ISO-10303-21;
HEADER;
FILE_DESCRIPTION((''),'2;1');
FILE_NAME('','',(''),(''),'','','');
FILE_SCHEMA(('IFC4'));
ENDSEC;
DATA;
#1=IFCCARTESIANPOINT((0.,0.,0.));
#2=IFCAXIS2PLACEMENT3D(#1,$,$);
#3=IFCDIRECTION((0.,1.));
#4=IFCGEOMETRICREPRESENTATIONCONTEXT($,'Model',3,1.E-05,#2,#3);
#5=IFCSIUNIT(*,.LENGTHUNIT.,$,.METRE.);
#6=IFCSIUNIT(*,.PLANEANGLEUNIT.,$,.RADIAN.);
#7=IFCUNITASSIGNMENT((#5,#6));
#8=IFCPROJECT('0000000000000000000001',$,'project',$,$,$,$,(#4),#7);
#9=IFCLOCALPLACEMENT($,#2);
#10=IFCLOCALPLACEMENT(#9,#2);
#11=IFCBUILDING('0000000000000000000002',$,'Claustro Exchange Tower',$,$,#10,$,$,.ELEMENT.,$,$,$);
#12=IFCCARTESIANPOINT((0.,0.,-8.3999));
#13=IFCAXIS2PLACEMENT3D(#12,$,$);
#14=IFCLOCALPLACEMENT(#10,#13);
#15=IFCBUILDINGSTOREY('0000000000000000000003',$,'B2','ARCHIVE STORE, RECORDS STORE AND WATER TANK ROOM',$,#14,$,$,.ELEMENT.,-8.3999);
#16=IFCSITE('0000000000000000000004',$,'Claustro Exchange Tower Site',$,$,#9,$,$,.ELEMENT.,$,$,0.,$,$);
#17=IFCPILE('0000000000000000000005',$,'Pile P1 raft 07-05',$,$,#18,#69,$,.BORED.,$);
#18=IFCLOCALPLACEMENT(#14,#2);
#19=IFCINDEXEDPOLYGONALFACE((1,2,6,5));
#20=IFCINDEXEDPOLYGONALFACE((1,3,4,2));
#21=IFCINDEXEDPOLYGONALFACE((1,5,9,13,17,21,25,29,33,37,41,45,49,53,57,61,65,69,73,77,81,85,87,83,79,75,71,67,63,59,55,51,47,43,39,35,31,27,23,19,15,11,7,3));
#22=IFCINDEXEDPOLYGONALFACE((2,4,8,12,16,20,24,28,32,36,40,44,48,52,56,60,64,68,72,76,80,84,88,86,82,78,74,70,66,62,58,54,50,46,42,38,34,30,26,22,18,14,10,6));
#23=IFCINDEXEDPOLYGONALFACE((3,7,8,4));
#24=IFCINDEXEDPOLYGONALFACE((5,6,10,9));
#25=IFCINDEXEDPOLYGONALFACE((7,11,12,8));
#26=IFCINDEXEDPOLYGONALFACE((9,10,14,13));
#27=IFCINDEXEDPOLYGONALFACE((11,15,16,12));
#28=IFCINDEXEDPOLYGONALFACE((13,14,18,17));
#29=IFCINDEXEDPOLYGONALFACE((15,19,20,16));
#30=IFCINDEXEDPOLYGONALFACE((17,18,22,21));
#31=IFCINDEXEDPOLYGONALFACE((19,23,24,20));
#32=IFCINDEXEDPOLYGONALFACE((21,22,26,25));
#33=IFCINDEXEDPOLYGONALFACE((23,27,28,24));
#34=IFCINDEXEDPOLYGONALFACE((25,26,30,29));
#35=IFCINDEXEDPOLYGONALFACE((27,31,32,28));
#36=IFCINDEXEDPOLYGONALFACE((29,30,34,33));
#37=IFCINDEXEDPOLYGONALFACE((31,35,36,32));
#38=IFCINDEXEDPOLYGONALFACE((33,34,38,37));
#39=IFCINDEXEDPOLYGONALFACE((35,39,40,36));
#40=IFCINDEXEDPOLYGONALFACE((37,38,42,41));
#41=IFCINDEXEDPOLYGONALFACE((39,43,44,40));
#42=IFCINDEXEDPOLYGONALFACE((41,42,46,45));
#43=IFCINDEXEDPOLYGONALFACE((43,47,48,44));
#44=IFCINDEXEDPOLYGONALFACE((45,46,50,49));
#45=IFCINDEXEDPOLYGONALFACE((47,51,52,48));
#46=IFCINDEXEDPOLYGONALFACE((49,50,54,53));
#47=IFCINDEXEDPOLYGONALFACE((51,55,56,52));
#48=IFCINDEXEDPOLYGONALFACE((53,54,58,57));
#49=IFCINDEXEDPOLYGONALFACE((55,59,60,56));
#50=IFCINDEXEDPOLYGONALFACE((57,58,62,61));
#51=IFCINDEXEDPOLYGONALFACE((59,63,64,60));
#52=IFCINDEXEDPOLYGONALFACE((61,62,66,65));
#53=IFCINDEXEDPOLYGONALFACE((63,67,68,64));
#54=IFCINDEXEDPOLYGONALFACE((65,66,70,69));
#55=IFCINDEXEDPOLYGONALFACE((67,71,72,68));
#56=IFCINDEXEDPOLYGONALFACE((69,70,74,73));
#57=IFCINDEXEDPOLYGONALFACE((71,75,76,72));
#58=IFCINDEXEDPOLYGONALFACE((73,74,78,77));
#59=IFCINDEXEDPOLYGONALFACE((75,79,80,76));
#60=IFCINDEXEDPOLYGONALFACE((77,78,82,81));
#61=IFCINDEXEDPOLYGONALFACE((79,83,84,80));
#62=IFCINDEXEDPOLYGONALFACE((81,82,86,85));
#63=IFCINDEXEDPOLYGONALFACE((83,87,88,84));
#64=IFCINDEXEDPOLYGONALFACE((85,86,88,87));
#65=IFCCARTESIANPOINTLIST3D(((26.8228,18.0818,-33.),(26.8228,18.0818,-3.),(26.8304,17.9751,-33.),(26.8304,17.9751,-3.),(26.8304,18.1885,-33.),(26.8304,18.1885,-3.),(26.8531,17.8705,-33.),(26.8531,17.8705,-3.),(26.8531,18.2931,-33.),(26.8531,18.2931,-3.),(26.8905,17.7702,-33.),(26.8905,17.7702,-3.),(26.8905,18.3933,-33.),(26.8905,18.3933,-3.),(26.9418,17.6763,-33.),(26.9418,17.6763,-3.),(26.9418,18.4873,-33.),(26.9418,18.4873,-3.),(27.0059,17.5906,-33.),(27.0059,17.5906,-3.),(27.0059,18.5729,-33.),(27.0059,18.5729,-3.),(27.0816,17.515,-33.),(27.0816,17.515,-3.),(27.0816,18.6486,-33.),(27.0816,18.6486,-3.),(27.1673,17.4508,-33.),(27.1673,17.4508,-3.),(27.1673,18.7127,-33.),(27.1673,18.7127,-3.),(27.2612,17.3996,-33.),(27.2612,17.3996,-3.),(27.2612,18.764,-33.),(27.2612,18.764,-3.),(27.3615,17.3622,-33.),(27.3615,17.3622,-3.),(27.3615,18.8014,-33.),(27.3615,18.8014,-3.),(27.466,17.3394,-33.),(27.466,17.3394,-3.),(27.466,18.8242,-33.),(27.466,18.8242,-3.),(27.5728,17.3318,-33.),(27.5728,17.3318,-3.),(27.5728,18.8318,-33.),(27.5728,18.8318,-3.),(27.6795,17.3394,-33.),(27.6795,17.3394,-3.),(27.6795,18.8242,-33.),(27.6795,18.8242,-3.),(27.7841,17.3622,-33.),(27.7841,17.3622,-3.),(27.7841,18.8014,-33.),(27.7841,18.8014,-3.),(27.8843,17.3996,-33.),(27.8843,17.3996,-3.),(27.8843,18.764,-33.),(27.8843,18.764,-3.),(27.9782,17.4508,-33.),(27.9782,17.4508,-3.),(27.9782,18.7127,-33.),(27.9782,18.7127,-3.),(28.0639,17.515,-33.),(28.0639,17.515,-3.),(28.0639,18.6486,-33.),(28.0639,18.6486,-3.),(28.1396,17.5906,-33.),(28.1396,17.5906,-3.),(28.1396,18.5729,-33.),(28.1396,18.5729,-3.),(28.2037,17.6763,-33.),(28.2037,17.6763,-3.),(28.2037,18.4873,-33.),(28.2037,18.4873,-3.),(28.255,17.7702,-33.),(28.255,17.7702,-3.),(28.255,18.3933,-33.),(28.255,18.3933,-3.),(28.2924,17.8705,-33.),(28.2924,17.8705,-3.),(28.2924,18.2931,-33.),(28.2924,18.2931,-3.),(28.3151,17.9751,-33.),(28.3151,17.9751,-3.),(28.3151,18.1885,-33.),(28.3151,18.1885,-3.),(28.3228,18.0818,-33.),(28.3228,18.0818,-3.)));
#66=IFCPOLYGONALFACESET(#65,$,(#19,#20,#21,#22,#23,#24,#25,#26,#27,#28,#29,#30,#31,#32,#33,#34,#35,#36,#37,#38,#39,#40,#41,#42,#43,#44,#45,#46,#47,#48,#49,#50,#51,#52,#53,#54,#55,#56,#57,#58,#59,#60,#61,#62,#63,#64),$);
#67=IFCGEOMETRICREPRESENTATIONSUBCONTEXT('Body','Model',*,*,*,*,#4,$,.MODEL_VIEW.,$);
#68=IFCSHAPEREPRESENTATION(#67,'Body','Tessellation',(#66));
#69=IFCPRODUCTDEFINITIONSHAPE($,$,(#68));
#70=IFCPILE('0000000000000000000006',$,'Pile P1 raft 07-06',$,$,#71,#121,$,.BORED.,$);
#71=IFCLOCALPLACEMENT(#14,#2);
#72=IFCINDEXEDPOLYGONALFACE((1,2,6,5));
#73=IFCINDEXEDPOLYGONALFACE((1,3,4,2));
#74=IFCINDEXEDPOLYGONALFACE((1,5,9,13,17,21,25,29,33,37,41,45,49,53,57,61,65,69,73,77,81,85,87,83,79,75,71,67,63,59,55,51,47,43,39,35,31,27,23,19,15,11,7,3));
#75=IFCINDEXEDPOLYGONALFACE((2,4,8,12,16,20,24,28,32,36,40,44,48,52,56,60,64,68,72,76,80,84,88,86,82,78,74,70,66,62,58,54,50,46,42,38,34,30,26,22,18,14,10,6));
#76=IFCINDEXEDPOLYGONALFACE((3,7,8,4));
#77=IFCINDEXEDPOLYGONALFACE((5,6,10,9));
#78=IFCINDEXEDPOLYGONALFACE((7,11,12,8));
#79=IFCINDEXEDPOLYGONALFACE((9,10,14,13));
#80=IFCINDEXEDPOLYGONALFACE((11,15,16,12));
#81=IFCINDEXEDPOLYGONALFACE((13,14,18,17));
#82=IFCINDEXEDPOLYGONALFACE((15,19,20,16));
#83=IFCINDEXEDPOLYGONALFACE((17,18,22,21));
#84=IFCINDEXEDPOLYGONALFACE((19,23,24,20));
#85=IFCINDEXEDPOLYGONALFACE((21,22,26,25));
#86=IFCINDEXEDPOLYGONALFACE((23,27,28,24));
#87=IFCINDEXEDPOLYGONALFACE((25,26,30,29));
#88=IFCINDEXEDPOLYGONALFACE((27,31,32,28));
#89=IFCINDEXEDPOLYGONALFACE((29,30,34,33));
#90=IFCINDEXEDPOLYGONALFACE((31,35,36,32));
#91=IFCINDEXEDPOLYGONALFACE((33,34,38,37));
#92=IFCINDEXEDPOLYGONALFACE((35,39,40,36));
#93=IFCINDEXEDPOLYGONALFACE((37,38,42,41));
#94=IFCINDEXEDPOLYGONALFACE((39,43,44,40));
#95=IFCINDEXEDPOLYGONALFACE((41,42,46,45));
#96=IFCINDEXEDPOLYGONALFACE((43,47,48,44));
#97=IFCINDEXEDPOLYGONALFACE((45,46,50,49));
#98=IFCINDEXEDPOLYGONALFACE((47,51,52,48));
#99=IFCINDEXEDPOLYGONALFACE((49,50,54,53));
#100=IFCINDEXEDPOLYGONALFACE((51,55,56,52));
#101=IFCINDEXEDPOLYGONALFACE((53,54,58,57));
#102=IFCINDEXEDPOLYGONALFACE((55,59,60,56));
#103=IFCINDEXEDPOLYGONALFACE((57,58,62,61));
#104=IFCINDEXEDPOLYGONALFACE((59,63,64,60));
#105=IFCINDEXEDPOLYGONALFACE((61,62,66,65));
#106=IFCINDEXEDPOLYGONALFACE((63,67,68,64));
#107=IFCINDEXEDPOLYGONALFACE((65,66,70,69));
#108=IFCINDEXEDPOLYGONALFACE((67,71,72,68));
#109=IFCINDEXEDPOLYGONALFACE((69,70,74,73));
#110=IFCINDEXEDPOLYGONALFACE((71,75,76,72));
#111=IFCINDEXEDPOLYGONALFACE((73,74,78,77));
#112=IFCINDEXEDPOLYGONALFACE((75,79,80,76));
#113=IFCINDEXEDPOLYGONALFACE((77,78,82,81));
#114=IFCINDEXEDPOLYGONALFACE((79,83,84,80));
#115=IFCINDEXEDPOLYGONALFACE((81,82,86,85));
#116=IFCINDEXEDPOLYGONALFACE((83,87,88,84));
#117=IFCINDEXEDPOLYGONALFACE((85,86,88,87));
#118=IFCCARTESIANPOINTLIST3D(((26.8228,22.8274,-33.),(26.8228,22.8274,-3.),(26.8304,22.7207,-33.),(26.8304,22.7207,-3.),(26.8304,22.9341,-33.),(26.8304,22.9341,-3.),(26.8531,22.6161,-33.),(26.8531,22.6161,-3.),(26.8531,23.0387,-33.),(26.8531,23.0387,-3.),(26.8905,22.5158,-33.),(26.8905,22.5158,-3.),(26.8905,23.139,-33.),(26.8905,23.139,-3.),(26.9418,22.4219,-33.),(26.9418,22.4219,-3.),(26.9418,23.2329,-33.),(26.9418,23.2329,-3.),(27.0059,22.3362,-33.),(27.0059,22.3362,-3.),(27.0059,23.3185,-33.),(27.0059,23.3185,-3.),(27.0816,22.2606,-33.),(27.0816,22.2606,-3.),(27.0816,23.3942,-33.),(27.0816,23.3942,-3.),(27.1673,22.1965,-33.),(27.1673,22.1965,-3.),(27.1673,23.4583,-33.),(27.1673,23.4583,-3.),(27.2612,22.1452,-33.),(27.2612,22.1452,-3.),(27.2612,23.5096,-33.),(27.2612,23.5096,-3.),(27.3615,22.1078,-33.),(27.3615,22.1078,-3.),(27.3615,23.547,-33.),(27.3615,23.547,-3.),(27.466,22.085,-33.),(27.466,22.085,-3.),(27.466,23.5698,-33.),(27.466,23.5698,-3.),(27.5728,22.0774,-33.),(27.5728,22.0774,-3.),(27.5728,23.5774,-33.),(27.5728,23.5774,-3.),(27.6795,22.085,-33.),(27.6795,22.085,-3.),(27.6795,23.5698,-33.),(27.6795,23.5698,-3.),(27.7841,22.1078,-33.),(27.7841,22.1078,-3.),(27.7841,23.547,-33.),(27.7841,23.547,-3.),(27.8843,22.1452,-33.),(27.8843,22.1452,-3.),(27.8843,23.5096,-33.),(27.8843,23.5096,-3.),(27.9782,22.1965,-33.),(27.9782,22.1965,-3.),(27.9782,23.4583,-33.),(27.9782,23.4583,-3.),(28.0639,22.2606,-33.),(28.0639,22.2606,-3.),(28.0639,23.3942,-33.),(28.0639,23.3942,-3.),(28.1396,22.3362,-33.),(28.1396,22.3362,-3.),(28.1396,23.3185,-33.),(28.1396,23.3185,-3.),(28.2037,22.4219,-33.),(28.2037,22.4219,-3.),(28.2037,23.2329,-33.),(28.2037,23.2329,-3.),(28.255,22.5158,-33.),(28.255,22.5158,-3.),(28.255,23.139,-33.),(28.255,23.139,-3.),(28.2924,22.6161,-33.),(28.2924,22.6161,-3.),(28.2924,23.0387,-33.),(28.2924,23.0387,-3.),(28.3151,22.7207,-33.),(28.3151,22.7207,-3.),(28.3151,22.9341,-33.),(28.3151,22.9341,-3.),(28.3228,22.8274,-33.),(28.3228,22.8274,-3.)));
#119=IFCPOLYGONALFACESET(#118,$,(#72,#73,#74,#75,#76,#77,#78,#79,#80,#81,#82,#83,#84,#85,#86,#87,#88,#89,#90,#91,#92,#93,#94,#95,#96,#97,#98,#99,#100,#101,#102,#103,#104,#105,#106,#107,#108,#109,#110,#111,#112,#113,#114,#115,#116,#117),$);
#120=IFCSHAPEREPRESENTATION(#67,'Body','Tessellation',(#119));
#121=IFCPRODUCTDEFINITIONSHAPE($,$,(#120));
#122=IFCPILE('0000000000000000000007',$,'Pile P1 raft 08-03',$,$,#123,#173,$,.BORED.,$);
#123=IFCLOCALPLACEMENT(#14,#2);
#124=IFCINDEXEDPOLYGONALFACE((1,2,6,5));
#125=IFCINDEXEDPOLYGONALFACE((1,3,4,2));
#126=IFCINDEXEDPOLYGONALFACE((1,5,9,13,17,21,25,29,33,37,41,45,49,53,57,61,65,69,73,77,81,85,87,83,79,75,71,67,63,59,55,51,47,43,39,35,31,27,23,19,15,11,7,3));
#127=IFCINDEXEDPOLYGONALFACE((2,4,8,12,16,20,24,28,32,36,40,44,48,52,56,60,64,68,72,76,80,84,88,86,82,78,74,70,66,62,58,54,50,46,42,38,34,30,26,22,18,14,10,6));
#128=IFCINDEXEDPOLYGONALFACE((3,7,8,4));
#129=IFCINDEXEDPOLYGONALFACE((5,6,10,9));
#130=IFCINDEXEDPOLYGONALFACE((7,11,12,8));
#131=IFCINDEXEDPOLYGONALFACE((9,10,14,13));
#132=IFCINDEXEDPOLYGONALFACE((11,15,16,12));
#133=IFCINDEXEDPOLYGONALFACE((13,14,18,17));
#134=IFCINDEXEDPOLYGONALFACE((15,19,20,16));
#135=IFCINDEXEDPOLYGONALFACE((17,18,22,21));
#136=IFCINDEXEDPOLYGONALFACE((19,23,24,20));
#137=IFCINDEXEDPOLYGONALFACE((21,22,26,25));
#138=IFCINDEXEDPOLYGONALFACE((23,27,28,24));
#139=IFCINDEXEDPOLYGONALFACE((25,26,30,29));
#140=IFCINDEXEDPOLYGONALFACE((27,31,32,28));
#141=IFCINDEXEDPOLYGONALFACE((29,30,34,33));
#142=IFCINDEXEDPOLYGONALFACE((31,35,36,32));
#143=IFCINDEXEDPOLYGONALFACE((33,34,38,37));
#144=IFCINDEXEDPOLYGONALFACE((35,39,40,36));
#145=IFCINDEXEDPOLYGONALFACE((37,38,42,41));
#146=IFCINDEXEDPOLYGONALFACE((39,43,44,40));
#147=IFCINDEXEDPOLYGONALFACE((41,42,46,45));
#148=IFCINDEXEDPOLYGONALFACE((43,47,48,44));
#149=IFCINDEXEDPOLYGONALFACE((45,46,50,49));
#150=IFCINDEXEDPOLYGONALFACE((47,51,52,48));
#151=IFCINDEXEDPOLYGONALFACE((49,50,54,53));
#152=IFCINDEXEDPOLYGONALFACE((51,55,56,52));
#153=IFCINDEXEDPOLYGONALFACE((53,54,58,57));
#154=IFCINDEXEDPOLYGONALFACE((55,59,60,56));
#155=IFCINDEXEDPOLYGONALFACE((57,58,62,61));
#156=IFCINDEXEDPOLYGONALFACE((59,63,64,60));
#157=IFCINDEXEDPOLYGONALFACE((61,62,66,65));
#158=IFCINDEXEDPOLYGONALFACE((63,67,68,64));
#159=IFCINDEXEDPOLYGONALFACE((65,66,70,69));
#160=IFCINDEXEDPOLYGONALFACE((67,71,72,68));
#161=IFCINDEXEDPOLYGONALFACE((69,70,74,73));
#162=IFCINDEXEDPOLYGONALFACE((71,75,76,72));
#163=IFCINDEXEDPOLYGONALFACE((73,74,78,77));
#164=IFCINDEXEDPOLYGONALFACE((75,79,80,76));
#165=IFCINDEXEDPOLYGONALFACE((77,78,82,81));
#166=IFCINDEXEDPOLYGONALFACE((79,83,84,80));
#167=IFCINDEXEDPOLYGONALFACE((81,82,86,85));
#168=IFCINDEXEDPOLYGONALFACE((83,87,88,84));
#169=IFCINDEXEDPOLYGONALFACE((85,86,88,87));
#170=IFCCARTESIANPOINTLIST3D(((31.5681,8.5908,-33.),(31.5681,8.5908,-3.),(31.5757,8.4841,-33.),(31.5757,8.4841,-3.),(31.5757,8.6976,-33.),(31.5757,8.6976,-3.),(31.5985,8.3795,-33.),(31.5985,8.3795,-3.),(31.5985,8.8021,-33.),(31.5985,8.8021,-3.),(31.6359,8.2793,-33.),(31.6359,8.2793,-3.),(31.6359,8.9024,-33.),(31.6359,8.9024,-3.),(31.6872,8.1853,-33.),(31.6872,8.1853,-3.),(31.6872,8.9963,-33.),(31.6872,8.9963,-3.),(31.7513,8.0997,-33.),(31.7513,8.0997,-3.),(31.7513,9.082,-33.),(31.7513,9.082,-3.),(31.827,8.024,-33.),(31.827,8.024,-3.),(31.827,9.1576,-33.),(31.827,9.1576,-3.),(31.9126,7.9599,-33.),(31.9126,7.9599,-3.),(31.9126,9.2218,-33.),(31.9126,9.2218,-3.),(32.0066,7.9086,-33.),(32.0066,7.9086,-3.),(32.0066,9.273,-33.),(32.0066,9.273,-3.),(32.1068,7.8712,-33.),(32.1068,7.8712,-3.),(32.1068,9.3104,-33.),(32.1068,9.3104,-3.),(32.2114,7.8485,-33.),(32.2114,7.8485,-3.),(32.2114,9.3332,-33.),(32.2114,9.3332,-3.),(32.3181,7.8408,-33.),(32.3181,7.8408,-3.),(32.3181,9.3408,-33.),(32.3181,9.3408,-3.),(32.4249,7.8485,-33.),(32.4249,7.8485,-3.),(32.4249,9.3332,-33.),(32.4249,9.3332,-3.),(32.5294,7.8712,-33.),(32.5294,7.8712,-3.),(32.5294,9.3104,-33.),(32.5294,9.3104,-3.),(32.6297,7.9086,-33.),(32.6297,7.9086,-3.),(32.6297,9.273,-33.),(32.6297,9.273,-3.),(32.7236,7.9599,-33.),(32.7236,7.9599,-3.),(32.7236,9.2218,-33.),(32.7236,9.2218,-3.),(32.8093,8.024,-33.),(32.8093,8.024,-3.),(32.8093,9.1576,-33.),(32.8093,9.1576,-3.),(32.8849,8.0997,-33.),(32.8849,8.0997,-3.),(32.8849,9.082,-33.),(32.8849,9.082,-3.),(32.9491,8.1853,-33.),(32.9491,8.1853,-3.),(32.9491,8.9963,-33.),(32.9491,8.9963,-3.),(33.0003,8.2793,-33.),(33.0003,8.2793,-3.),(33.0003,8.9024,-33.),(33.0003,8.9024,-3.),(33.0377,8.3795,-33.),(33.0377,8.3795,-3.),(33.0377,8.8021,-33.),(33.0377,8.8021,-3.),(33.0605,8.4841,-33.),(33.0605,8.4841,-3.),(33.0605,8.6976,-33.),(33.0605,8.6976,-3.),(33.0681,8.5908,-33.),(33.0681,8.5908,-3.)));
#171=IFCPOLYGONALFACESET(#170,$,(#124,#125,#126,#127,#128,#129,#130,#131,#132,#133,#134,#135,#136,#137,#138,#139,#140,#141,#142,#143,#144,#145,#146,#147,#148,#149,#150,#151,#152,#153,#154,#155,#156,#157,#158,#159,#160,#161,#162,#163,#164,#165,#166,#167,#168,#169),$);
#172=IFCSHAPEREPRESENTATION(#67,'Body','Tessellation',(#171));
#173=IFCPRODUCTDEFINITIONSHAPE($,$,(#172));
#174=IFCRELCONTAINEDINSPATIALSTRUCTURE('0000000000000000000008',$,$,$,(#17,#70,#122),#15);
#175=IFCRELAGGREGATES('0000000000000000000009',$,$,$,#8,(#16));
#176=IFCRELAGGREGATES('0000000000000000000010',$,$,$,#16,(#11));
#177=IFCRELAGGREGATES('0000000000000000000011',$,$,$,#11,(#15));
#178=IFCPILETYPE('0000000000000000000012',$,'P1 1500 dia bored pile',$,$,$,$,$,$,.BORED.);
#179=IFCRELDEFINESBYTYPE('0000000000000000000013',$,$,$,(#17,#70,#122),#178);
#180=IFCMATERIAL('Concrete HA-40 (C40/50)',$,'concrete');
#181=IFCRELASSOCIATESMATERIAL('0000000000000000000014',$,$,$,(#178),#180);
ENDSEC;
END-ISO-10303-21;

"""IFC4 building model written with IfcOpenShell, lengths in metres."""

from ifc_helpers import new_model, si_unit, direction, frame, origin, origin_2d, place, context, subcontext, project, spatial, circle, extrude, material, type_object, element, save


model = new_model("IFC4")

# Units and contexts
model_context = context("Model", 3, precision=1e-05, world=origin(), true_north=direction((0.0, 1.0)))
body_context = subcontext(model_context, "Body", "Model", "MODEL_VIEW")
ifc_project = project(units=[si_unit("LENGTHUNIT", "METRE"), si_unit("PLANEANGLEUNIT", "RADIAN")], contexts=[model_context])

# Site, building, storey
site_placement = place(None, origin())
site = spatial("IfcSite", under=ifc_project, at=site_placement, Name="Claustro Exchange Tower Site", CompositionType="ELEMENT", RefElevation=0.0)
building_placement = place(site_placement, origin())
building = spatial("IfcBuilding", under=site, at=building_placement, Name="Claustro Exchange Tower", CompositionType="ELEMENT")
storey_placement = place(building_placement, frame((0.0, 0.0, -8.3999)))
storey = spatial("IfcBuildingStorey", under=building, at=storey_placement, Name="B2", Description="ARCHIVE STORE, RECORDS STORE AND WATER TANK ROOM", CompositionType="ELEMENT", Elevation=-8.3999)

# Piles
ifc_material_1 = material(Name="Concrete HA-40 (C40/50)", Category="concrete")
pile_type = type_object("IfcPileType", Name="P1 1500 dia bored pile", PredefinedType="BORED", material=ifc_material_1)
for number, where, z_axis, x_axis, name in (
    (1, (27.5728, 18.0818, -3.0), (0.0, 0.0, -1.0), (1.0, 0.0, 0.0), "Pile P1 raft 07-05"),
    (2, (27.5728, 22.8274, -3.0), (0.0, 0.0, -1.0), (1.0, 0.0, 0.0), "Pile P1 raft 07-06"),
    (3, (32.3181, 8.5908, -3.0), (0.0, 0.0, -1.0), (1.0, 0.0, 0.0), "Pile P1 raft 08-03"),
):
    element("IfcPile", number, at=place(storey_placement, frame(where, z_axis=z_axis, x_axis=x_axis)), inside=storey, type_object=pile_type, Name=name, PredefinedType="BORED", context=body_context, shape_type="SweptSolid", body=[
        extrude(circle(Radius=0.75, at=origin_2d()), origin(), (0.0, 0.0, 1.0), 30.0),
    ])

save(model, "model.ifc")
